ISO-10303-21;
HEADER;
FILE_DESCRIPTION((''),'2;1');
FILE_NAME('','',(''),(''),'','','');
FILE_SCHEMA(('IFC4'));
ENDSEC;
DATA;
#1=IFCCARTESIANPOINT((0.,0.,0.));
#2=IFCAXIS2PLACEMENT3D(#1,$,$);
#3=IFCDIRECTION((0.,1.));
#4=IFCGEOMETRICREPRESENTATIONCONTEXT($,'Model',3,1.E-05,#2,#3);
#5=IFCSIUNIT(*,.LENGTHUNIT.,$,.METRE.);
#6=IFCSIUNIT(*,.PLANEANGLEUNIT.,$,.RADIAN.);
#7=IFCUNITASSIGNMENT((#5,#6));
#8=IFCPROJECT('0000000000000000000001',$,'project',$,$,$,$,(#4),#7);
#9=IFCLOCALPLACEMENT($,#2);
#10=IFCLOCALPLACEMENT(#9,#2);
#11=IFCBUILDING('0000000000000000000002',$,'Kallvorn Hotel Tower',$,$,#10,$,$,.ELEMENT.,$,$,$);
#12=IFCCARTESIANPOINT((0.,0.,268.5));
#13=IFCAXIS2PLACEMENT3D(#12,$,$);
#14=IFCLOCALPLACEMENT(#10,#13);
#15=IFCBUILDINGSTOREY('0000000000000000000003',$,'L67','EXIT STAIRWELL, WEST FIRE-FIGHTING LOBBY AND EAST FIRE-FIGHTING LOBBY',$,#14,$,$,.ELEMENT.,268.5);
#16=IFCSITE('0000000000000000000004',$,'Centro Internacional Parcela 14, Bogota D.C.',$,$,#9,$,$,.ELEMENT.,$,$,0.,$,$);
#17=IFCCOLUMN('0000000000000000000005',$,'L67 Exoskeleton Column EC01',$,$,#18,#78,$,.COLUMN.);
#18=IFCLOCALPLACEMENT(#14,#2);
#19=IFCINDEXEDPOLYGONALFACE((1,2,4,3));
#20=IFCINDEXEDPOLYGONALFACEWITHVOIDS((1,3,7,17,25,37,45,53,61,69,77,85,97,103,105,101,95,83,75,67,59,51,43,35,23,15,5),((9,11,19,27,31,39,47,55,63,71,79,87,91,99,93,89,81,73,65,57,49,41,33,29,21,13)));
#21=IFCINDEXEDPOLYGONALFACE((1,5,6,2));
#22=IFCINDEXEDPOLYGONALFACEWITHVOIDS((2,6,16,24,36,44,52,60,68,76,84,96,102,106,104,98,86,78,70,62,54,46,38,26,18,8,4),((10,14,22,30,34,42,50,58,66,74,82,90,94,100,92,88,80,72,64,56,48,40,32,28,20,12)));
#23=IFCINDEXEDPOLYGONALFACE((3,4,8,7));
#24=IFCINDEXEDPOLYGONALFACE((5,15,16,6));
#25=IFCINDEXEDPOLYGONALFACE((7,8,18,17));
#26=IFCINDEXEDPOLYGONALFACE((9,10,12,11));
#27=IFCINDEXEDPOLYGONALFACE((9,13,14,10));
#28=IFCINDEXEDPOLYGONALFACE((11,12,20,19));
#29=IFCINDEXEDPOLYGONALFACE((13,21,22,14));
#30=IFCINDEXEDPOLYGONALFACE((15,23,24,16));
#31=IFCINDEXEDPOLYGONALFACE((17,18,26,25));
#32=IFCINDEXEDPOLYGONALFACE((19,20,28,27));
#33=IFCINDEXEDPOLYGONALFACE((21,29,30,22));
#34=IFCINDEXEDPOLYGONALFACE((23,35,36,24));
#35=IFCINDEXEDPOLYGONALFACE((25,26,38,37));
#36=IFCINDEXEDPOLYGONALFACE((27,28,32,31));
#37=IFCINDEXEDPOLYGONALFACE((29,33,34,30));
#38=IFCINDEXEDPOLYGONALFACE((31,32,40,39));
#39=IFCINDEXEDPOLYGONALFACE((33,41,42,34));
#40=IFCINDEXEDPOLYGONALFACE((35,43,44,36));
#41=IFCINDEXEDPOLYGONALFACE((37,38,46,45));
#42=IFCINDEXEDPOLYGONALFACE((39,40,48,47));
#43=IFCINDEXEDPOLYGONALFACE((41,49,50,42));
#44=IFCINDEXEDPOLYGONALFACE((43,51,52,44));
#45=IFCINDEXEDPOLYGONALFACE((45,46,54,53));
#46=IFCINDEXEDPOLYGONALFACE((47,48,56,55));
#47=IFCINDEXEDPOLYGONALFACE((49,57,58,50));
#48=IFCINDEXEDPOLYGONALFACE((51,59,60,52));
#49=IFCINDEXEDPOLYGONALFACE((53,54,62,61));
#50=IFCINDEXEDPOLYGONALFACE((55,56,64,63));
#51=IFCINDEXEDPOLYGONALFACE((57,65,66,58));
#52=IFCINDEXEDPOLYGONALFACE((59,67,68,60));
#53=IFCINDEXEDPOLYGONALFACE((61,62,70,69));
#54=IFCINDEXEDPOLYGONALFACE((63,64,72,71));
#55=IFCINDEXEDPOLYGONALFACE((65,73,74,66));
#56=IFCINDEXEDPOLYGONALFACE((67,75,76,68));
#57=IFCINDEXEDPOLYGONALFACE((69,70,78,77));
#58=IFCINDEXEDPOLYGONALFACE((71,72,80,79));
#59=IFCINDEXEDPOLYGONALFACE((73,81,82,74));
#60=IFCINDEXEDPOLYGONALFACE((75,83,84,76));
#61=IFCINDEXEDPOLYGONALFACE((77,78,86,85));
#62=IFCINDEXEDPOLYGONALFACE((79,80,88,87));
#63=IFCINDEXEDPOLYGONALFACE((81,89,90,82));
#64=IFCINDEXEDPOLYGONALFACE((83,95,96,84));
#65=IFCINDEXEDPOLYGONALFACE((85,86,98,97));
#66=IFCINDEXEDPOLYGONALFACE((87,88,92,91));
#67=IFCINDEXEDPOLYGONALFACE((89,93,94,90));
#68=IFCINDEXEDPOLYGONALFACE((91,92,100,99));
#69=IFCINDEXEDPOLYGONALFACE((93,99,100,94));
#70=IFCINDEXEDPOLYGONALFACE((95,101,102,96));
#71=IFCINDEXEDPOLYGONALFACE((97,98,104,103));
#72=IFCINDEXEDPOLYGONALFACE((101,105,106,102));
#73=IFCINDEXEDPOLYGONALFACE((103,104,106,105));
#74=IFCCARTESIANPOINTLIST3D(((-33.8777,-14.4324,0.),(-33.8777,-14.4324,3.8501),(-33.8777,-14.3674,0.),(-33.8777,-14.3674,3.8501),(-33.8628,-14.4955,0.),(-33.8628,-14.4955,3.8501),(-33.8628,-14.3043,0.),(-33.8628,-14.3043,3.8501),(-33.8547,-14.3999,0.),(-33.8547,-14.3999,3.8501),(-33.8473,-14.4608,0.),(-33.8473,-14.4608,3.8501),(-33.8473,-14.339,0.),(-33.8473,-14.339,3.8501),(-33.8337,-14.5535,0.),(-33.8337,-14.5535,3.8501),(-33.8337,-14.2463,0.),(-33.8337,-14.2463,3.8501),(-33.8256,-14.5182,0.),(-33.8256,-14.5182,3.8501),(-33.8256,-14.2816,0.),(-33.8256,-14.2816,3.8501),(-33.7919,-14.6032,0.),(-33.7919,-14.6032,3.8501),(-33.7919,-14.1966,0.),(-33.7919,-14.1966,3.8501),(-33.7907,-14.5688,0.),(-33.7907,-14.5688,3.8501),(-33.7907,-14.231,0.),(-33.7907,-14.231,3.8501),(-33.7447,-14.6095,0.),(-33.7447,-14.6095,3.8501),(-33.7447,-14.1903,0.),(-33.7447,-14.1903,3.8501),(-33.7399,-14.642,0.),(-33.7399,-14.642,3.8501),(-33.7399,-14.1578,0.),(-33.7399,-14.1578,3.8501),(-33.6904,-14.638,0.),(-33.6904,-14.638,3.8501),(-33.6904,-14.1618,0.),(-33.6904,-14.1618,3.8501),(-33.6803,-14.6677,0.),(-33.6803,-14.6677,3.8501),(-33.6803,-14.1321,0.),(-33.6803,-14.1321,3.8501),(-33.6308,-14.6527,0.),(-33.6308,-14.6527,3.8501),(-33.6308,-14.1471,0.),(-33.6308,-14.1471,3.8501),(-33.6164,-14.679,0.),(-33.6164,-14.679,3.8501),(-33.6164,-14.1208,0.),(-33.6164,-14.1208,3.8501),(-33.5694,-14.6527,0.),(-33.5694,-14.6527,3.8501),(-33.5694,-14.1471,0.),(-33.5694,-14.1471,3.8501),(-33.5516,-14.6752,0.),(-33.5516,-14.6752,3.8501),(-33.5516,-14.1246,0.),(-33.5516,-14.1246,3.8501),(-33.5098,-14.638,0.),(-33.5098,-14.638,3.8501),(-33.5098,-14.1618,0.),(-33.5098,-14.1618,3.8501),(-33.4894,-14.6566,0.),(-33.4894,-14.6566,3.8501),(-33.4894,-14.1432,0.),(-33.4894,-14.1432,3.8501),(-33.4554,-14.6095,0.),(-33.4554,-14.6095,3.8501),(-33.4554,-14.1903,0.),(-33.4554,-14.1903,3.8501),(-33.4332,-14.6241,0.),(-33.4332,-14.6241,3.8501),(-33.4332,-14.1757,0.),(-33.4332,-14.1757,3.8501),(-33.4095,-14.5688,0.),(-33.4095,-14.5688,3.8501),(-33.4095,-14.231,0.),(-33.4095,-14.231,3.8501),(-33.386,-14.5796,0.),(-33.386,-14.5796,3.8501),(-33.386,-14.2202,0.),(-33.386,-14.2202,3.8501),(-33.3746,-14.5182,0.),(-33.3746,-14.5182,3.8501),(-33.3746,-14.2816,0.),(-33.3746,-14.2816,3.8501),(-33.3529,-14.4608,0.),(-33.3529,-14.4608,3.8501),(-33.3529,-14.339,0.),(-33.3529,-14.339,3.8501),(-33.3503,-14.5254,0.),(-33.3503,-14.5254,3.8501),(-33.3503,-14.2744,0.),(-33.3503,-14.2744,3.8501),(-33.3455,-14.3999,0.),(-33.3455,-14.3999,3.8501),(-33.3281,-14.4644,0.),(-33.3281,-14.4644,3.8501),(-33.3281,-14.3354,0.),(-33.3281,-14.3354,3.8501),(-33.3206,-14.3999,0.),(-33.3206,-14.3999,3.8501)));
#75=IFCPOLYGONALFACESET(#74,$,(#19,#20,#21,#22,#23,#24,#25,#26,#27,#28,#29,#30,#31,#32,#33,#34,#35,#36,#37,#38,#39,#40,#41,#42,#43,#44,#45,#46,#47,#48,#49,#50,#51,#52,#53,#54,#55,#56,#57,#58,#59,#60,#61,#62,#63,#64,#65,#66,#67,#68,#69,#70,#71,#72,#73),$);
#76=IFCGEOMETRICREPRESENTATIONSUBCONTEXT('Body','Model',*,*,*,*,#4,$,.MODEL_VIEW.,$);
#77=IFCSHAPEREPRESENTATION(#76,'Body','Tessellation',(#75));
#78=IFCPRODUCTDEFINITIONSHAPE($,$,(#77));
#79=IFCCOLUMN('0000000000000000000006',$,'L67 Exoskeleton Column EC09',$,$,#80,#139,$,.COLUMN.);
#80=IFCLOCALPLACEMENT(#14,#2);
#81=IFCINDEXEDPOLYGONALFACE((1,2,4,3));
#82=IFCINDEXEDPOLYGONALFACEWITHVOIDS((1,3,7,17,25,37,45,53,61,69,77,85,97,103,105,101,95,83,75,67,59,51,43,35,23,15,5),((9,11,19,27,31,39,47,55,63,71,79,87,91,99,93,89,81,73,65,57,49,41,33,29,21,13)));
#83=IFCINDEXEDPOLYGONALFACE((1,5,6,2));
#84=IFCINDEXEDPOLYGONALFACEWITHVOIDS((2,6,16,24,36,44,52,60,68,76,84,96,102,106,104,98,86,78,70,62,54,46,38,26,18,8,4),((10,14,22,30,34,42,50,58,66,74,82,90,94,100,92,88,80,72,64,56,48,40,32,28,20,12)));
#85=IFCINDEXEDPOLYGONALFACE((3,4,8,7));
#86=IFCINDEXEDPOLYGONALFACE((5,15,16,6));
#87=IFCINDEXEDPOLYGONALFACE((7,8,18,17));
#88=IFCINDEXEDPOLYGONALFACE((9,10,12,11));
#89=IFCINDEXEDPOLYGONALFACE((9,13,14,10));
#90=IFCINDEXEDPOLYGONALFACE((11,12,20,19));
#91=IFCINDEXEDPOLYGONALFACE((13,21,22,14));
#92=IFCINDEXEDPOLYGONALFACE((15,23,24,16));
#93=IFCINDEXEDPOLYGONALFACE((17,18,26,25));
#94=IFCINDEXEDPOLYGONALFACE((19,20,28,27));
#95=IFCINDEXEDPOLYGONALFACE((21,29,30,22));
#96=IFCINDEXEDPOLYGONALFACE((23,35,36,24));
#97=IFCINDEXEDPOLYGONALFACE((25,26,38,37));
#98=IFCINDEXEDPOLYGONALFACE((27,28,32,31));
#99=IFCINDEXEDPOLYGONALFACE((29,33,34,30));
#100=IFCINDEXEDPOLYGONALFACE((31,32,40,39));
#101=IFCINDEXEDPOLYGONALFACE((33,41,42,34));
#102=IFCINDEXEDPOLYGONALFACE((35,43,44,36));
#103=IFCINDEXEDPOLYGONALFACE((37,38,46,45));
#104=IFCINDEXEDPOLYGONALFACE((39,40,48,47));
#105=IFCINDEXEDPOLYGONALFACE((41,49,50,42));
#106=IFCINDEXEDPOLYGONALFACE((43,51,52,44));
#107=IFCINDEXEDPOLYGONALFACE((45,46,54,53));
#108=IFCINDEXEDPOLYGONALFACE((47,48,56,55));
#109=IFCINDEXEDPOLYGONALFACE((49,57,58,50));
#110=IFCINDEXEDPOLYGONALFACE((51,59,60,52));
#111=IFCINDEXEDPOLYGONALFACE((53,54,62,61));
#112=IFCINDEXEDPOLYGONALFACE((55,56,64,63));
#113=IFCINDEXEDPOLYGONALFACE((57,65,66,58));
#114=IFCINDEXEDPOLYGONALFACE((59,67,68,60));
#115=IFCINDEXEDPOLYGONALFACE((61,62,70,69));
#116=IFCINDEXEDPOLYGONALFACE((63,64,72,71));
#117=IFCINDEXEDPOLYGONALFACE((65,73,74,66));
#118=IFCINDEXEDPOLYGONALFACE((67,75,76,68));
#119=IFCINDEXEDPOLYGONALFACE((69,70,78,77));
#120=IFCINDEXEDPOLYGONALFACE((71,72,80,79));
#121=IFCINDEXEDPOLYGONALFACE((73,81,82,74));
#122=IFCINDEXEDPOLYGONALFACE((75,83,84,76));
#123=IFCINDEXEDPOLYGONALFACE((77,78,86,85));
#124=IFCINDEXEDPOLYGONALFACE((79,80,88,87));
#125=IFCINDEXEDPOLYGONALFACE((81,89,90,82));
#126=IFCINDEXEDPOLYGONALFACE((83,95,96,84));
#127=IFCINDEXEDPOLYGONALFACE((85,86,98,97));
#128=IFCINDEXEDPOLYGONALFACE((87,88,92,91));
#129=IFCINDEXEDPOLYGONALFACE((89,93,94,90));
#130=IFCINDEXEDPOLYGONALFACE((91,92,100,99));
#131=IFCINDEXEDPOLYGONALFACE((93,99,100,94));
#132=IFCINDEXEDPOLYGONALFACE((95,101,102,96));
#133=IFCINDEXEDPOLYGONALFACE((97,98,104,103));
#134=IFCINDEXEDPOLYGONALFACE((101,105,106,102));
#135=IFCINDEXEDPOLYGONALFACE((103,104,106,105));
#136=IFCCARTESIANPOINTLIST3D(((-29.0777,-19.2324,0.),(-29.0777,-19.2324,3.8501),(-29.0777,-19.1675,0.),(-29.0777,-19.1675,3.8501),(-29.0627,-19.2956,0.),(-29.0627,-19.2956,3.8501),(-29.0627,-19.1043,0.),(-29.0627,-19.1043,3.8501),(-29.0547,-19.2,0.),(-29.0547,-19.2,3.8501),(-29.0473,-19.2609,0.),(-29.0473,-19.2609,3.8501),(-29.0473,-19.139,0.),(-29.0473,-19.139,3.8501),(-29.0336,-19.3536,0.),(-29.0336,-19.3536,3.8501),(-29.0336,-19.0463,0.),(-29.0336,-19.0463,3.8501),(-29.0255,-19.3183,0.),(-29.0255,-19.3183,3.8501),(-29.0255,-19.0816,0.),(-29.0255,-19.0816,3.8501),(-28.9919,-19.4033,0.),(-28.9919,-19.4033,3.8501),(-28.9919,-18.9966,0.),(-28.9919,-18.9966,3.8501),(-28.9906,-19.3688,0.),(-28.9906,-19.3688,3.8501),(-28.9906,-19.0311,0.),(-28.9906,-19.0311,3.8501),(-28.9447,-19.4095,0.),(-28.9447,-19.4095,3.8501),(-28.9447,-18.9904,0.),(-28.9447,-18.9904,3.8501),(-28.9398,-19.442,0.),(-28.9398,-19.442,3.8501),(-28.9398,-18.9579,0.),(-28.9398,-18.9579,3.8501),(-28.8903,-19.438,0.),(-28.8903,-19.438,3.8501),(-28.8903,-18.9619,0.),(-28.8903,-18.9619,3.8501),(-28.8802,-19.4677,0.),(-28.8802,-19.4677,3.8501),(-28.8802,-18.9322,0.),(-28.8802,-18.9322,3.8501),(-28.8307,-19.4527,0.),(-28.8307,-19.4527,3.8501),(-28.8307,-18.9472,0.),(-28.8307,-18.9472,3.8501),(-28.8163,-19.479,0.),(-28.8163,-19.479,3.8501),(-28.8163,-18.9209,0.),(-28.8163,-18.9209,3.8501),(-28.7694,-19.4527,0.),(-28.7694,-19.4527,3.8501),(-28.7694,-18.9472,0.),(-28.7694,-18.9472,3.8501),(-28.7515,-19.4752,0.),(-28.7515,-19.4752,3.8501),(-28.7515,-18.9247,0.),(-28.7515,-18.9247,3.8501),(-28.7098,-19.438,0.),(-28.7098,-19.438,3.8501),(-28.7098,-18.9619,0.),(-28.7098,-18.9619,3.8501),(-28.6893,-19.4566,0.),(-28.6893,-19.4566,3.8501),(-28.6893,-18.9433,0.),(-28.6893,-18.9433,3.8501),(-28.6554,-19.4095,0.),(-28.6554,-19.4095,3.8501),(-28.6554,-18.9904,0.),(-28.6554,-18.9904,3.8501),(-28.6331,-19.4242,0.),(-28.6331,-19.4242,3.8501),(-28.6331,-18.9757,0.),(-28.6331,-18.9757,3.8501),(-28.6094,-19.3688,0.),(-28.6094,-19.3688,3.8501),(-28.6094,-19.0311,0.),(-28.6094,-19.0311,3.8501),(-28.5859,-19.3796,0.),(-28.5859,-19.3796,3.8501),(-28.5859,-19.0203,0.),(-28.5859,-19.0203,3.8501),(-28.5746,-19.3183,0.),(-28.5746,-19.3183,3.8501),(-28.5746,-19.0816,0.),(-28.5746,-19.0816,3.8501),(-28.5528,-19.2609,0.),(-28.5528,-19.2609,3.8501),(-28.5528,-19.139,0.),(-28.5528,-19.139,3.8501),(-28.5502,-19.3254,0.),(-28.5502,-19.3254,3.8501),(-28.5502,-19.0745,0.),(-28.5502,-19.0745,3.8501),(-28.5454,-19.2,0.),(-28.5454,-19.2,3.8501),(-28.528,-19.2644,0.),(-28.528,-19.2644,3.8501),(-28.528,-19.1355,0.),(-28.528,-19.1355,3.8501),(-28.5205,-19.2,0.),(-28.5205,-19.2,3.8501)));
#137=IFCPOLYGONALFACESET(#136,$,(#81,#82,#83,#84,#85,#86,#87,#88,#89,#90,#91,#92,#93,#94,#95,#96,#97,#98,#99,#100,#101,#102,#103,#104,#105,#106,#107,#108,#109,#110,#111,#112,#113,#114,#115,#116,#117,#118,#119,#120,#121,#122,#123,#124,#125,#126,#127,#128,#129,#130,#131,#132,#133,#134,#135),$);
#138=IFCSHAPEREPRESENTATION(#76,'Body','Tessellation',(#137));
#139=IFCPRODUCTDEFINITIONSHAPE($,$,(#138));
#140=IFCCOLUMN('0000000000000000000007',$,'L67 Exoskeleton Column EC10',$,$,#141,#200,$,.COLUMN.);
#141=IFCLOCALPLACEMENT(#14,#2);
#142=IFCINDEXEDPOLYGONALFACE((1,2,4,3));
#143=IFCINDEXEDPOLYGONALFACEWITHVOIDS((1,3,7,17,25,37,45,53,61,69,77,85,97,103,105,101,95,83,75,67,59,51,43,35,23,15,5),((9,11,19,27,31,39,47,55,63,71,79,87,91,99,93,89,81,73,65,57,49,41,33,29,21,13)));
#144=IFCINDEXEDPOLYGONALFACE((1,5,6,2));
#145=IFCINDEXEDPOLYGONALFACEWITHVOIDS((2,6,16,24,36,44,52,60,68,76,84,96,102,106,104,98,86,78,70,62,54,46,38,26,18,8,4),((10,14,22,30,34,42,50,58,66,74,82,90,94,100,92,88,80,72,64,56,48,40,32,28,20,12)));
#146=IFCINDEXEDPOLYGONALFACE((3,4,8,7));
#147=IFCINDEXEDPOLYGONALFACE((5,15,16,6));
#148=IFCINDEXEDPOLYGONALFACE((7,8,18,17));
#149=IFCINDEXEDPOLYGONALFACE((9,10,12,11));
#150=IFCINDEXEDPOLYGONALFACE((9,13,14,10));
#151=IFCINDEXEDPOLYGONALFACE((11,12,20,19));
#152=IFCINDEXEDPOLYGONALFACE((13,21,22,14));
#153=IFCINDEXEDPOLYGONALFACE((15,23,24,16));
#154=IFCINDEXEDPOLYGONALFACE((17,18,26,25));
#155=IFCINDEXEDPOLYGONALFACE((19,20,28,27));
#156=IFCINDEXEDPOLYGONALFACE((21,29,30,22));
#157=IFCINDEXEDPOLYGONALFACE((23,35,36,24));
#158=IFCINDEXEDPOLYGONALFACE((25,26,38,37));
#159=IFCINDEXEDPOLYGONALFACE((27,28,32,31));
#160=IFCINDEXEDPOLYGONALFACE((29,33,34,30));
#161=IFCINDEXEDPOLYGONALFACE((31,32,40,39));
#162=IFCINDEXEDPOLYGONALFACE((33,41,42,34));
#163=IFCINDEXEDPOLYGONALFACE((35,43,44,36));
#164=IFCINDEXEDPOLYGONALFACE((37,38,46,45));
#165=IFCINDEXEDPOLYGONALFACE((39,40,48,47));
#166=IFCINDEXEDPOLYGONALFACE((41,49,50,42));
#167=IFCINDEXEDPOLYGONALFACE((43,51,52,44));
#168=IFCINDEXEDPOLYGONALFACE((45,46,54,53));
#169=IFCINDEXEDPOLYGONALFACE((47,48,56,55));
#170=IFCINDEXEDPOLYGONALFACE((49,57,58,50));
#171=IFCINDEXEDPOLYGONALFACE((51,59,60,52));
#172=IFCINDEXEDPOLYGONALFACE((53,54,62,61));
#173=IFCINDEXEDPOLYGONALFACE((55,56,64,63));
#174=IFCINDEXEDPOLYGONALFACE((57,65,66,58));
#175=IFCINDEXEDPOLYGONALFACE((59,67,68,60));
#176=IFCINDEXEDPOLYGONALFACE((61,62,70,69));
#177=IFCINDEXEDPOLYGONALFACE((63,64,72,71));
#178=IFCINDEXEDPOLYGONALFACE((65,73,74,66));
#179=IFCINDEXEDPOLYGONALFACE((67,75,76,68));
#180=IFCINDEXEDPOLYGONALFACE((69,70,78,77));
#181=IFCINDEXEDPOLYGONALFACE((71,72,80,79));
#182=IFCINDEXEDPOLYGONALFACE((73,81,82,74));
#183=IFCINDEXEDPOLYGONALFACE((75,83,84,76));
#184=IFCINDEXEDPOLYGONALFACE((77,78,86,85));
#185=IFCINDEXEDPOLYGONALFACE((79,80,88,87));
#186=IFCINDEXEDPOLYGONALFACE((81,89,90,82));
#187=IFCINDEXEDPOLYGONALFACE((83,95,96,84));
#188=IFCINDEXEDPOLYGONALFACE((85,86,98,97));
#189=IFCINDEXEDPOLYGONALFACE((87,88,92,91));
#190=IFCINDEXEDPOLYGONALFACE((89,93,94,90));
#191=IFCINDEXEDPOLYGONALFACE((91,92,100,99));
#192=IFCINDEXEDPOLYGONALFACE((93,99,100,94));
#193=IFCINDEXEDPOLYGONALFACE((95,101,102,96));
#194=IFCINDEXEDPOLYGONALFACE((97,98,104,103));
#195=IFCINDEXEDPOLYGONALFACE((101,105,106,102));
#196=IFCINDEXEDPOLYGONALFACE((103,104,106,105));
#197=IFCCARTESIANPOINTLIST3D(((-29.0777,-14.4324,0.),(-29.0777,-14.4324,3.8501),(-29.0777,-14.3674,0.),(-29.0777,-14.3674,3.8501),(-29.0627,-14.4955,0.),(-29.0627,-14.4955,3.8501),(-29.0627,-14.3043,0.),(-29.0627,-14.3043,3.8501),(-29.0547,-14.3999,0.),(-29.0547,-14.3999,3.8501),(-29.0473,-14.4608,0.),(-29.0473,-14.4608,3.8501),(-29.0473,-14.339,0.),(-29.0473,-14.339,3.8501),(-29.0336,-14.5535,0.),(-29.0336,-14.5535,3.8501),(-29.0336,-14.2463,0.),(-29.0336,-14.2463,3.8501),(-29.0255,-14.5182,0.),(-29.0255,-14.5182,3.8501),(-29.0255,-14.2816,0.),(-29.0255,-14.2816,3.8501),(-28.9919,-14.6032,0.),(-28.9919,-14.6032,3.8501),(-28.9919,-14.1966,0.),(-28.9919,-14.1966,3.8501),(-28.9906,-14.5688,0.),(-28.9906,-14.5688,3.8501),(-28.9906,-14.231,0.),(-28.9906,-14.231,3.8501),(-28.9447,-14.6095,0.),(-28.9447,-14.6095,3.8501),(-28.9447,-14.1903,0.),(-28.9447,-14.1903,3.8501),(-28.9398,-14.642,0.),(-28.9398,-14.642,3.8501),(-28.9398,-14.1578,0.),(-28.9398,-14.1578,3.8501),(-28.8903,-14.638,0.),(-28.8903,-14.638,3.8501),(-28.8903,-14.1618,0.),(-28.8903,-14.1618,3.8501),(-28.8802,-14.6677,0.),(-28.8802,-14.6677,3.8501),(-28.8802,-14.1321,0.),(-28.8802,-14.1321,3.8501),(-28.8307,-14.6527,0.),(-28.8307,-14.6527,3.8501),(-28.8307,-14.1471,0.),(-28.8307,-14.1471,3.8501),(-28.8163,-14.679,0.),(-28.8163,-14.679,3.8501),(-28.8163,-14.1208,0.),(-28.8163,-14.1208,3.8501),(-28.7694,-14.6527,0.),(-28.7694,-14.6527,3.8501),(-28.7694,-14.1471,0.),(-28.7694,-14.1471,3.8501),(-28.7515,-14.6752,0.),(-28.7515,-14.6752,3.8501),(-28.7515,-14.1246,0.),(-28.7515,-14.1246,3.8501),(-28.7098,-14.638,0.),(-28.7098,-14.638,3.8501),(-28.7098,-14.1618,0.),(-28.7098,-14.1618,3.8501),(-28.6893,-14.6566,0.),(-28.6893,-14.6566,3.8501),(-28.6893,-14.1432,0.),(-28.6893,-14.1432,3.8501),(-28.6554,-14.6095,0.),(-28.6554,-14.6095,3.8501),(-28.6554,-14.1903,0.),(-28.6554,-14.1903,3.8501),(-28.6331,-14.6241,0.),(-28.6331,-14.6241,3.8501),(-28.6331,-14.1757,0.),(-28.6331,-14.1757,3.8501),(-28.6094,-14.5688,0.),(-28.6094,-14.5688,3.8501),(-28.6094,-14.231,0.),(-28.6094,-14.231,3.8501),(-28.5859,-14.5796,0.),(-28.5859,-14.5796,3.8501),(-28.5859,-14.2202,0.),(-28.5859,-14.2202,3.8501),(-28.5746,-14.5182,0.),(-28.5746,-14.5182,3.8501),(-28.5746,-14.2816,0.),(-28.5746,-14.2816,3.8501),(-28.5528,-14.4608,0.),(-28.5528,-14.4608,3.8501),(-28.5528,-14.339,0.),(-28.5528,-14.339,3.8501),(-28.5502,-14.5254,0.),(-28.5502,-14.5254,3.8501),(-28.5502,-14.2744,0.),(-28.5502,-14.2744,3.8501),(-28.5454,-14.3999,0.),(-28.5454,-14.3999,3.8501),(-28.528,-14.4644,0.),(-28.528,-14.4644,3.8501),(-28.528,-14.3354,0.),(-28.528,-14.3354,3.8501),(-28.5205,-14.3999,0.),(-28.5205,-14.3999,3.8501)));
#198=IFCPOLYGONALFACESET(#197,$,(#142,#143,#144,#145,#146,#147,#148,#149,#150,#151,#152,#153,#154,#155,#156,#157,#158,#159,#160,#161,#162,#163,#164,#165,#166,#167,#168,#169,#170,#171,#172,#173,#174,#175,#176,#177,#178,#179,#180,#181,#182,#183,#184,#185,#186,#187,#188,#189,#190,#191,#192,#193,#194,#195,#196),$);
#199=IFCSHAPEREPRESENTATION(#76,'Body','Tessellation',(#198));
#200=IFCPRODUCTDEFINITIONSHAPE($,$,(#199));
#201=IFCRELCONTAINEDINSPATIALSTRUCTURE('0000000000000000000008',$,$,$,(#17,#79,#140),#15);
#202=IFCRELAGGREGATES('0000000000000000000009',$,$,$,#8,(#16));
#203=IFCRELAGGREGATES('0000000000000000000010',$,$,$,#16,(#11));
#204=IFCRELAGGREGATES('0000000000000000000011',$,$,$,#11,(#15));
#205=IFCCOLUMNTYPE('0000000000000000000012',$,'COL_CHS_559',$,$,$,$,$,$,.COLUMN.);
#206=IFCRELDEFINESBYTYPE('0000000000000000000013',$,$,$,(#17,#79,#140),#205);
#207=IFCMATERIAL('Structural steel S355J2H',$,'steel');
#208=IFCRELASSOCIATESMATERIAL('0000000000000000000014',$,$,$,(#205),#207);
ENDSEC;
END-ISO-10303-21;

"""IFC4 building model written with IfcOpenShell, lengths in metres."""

from ifc_helpers import new_model, si_unit, direction, frame, origin, origin_2d, place, context, subcontext, project, spatial, hollow_circle, extrude, material, material_profile, profile_set, type_object, element, save


model = new_model("IFC4")

# Units and contexts
model_context = context("Model", 3, precision=1e-05, world=origin(), true_north=direction((0.0, 1.0)))
body_context = subcontext(model_context, "Body", "Model", "MODEL_VIEW")
ifc_project = project(units=[si_unit("LENGTHUNIT", "METRE"), si_unit("PLANEANGLEUNIT", "RADIAN")], contexts=[model_context])

# Site, building, storey
site_placement = place(None, origin())
site = spatial("IfcSite", under=ifc_project, at=site_placement, Name="Centro Internacional Parcela 14, Bogota D.C.", CompositionType="ELEMENT", RefElevation=0.0)
building_placement = place(site_placement, origin())
building = spatial("IfcBuilding", under=site, at=building_placement, Name="Kallvorn Hotel Tower", CompositionType="ELEMENT")
storey_placement = place(building_placement, frame((0.0, 0.0, 268.5)))
storey = spatial("IfcBuildingStorey", under=building, at=storey_placement, Name="L67", Description="EXIT STAIRWELL, WEST FIRE-FIGHTING LOBBY AND EAST FIRE-FIGHTING LOBBY", CompositionType="ELEMENT", Elevation=268.5)

# Columns
ifc_material_1 = material(Name="Structural steel S355J2H", Category="steel")
ifc_material_profile_1 = material_profile(ifc_material_1, hollow_circle(Radius=0.2795, WallThickness=0.0249, at=origin_2d()), Name="CHS 559x25")
ifc_profile_set_1 = profile_set([ifc_material_profile_1], Name="Structural steel S355J2H")
column_type_1 = type_object("IfcColumnType", Name="COL_CHS_559", PredefinedType="COLUMN", material=ifc_profile_set_1)
for number, where, z_axis, x_axis, name in (
    (1, (-33.6001, -14.3999, 0.0), (0.0, 0.0, 1.0), (1.0, 0.0, 0.0), "L67 Exoskeleton Column EC01"),
    (2, (-28.8, -19.2, 0.0), (0.0, 0.0, 1.0), (1.0, 0.0, 0.0), "L67 Exoskeleton Column EC09"),
    (3, (-28.8, -14.3999, 0.0), (0.0, 0.0, 1.0), (1.0, 0.0, 0.0), "L67 Exoskeleton Column EC10"),
):
    element("IfcColumn", number, at=place(storey_placement, frame(where, z_axis=z_axis, x_axis=x_axis)), inside=storey, type_object=column_type_1, Name=name, PredefinedType="COLUMN", context=body_context, shape_type="SweptSolid", body=[
        extrude(hollow_circle(Radius=0.2795, WallThickness=0.0249, at=origin_2d()), origin(), (0.0, 0.0, 1.0), 3.8501),
    ])

save(model, "model.ifc")
